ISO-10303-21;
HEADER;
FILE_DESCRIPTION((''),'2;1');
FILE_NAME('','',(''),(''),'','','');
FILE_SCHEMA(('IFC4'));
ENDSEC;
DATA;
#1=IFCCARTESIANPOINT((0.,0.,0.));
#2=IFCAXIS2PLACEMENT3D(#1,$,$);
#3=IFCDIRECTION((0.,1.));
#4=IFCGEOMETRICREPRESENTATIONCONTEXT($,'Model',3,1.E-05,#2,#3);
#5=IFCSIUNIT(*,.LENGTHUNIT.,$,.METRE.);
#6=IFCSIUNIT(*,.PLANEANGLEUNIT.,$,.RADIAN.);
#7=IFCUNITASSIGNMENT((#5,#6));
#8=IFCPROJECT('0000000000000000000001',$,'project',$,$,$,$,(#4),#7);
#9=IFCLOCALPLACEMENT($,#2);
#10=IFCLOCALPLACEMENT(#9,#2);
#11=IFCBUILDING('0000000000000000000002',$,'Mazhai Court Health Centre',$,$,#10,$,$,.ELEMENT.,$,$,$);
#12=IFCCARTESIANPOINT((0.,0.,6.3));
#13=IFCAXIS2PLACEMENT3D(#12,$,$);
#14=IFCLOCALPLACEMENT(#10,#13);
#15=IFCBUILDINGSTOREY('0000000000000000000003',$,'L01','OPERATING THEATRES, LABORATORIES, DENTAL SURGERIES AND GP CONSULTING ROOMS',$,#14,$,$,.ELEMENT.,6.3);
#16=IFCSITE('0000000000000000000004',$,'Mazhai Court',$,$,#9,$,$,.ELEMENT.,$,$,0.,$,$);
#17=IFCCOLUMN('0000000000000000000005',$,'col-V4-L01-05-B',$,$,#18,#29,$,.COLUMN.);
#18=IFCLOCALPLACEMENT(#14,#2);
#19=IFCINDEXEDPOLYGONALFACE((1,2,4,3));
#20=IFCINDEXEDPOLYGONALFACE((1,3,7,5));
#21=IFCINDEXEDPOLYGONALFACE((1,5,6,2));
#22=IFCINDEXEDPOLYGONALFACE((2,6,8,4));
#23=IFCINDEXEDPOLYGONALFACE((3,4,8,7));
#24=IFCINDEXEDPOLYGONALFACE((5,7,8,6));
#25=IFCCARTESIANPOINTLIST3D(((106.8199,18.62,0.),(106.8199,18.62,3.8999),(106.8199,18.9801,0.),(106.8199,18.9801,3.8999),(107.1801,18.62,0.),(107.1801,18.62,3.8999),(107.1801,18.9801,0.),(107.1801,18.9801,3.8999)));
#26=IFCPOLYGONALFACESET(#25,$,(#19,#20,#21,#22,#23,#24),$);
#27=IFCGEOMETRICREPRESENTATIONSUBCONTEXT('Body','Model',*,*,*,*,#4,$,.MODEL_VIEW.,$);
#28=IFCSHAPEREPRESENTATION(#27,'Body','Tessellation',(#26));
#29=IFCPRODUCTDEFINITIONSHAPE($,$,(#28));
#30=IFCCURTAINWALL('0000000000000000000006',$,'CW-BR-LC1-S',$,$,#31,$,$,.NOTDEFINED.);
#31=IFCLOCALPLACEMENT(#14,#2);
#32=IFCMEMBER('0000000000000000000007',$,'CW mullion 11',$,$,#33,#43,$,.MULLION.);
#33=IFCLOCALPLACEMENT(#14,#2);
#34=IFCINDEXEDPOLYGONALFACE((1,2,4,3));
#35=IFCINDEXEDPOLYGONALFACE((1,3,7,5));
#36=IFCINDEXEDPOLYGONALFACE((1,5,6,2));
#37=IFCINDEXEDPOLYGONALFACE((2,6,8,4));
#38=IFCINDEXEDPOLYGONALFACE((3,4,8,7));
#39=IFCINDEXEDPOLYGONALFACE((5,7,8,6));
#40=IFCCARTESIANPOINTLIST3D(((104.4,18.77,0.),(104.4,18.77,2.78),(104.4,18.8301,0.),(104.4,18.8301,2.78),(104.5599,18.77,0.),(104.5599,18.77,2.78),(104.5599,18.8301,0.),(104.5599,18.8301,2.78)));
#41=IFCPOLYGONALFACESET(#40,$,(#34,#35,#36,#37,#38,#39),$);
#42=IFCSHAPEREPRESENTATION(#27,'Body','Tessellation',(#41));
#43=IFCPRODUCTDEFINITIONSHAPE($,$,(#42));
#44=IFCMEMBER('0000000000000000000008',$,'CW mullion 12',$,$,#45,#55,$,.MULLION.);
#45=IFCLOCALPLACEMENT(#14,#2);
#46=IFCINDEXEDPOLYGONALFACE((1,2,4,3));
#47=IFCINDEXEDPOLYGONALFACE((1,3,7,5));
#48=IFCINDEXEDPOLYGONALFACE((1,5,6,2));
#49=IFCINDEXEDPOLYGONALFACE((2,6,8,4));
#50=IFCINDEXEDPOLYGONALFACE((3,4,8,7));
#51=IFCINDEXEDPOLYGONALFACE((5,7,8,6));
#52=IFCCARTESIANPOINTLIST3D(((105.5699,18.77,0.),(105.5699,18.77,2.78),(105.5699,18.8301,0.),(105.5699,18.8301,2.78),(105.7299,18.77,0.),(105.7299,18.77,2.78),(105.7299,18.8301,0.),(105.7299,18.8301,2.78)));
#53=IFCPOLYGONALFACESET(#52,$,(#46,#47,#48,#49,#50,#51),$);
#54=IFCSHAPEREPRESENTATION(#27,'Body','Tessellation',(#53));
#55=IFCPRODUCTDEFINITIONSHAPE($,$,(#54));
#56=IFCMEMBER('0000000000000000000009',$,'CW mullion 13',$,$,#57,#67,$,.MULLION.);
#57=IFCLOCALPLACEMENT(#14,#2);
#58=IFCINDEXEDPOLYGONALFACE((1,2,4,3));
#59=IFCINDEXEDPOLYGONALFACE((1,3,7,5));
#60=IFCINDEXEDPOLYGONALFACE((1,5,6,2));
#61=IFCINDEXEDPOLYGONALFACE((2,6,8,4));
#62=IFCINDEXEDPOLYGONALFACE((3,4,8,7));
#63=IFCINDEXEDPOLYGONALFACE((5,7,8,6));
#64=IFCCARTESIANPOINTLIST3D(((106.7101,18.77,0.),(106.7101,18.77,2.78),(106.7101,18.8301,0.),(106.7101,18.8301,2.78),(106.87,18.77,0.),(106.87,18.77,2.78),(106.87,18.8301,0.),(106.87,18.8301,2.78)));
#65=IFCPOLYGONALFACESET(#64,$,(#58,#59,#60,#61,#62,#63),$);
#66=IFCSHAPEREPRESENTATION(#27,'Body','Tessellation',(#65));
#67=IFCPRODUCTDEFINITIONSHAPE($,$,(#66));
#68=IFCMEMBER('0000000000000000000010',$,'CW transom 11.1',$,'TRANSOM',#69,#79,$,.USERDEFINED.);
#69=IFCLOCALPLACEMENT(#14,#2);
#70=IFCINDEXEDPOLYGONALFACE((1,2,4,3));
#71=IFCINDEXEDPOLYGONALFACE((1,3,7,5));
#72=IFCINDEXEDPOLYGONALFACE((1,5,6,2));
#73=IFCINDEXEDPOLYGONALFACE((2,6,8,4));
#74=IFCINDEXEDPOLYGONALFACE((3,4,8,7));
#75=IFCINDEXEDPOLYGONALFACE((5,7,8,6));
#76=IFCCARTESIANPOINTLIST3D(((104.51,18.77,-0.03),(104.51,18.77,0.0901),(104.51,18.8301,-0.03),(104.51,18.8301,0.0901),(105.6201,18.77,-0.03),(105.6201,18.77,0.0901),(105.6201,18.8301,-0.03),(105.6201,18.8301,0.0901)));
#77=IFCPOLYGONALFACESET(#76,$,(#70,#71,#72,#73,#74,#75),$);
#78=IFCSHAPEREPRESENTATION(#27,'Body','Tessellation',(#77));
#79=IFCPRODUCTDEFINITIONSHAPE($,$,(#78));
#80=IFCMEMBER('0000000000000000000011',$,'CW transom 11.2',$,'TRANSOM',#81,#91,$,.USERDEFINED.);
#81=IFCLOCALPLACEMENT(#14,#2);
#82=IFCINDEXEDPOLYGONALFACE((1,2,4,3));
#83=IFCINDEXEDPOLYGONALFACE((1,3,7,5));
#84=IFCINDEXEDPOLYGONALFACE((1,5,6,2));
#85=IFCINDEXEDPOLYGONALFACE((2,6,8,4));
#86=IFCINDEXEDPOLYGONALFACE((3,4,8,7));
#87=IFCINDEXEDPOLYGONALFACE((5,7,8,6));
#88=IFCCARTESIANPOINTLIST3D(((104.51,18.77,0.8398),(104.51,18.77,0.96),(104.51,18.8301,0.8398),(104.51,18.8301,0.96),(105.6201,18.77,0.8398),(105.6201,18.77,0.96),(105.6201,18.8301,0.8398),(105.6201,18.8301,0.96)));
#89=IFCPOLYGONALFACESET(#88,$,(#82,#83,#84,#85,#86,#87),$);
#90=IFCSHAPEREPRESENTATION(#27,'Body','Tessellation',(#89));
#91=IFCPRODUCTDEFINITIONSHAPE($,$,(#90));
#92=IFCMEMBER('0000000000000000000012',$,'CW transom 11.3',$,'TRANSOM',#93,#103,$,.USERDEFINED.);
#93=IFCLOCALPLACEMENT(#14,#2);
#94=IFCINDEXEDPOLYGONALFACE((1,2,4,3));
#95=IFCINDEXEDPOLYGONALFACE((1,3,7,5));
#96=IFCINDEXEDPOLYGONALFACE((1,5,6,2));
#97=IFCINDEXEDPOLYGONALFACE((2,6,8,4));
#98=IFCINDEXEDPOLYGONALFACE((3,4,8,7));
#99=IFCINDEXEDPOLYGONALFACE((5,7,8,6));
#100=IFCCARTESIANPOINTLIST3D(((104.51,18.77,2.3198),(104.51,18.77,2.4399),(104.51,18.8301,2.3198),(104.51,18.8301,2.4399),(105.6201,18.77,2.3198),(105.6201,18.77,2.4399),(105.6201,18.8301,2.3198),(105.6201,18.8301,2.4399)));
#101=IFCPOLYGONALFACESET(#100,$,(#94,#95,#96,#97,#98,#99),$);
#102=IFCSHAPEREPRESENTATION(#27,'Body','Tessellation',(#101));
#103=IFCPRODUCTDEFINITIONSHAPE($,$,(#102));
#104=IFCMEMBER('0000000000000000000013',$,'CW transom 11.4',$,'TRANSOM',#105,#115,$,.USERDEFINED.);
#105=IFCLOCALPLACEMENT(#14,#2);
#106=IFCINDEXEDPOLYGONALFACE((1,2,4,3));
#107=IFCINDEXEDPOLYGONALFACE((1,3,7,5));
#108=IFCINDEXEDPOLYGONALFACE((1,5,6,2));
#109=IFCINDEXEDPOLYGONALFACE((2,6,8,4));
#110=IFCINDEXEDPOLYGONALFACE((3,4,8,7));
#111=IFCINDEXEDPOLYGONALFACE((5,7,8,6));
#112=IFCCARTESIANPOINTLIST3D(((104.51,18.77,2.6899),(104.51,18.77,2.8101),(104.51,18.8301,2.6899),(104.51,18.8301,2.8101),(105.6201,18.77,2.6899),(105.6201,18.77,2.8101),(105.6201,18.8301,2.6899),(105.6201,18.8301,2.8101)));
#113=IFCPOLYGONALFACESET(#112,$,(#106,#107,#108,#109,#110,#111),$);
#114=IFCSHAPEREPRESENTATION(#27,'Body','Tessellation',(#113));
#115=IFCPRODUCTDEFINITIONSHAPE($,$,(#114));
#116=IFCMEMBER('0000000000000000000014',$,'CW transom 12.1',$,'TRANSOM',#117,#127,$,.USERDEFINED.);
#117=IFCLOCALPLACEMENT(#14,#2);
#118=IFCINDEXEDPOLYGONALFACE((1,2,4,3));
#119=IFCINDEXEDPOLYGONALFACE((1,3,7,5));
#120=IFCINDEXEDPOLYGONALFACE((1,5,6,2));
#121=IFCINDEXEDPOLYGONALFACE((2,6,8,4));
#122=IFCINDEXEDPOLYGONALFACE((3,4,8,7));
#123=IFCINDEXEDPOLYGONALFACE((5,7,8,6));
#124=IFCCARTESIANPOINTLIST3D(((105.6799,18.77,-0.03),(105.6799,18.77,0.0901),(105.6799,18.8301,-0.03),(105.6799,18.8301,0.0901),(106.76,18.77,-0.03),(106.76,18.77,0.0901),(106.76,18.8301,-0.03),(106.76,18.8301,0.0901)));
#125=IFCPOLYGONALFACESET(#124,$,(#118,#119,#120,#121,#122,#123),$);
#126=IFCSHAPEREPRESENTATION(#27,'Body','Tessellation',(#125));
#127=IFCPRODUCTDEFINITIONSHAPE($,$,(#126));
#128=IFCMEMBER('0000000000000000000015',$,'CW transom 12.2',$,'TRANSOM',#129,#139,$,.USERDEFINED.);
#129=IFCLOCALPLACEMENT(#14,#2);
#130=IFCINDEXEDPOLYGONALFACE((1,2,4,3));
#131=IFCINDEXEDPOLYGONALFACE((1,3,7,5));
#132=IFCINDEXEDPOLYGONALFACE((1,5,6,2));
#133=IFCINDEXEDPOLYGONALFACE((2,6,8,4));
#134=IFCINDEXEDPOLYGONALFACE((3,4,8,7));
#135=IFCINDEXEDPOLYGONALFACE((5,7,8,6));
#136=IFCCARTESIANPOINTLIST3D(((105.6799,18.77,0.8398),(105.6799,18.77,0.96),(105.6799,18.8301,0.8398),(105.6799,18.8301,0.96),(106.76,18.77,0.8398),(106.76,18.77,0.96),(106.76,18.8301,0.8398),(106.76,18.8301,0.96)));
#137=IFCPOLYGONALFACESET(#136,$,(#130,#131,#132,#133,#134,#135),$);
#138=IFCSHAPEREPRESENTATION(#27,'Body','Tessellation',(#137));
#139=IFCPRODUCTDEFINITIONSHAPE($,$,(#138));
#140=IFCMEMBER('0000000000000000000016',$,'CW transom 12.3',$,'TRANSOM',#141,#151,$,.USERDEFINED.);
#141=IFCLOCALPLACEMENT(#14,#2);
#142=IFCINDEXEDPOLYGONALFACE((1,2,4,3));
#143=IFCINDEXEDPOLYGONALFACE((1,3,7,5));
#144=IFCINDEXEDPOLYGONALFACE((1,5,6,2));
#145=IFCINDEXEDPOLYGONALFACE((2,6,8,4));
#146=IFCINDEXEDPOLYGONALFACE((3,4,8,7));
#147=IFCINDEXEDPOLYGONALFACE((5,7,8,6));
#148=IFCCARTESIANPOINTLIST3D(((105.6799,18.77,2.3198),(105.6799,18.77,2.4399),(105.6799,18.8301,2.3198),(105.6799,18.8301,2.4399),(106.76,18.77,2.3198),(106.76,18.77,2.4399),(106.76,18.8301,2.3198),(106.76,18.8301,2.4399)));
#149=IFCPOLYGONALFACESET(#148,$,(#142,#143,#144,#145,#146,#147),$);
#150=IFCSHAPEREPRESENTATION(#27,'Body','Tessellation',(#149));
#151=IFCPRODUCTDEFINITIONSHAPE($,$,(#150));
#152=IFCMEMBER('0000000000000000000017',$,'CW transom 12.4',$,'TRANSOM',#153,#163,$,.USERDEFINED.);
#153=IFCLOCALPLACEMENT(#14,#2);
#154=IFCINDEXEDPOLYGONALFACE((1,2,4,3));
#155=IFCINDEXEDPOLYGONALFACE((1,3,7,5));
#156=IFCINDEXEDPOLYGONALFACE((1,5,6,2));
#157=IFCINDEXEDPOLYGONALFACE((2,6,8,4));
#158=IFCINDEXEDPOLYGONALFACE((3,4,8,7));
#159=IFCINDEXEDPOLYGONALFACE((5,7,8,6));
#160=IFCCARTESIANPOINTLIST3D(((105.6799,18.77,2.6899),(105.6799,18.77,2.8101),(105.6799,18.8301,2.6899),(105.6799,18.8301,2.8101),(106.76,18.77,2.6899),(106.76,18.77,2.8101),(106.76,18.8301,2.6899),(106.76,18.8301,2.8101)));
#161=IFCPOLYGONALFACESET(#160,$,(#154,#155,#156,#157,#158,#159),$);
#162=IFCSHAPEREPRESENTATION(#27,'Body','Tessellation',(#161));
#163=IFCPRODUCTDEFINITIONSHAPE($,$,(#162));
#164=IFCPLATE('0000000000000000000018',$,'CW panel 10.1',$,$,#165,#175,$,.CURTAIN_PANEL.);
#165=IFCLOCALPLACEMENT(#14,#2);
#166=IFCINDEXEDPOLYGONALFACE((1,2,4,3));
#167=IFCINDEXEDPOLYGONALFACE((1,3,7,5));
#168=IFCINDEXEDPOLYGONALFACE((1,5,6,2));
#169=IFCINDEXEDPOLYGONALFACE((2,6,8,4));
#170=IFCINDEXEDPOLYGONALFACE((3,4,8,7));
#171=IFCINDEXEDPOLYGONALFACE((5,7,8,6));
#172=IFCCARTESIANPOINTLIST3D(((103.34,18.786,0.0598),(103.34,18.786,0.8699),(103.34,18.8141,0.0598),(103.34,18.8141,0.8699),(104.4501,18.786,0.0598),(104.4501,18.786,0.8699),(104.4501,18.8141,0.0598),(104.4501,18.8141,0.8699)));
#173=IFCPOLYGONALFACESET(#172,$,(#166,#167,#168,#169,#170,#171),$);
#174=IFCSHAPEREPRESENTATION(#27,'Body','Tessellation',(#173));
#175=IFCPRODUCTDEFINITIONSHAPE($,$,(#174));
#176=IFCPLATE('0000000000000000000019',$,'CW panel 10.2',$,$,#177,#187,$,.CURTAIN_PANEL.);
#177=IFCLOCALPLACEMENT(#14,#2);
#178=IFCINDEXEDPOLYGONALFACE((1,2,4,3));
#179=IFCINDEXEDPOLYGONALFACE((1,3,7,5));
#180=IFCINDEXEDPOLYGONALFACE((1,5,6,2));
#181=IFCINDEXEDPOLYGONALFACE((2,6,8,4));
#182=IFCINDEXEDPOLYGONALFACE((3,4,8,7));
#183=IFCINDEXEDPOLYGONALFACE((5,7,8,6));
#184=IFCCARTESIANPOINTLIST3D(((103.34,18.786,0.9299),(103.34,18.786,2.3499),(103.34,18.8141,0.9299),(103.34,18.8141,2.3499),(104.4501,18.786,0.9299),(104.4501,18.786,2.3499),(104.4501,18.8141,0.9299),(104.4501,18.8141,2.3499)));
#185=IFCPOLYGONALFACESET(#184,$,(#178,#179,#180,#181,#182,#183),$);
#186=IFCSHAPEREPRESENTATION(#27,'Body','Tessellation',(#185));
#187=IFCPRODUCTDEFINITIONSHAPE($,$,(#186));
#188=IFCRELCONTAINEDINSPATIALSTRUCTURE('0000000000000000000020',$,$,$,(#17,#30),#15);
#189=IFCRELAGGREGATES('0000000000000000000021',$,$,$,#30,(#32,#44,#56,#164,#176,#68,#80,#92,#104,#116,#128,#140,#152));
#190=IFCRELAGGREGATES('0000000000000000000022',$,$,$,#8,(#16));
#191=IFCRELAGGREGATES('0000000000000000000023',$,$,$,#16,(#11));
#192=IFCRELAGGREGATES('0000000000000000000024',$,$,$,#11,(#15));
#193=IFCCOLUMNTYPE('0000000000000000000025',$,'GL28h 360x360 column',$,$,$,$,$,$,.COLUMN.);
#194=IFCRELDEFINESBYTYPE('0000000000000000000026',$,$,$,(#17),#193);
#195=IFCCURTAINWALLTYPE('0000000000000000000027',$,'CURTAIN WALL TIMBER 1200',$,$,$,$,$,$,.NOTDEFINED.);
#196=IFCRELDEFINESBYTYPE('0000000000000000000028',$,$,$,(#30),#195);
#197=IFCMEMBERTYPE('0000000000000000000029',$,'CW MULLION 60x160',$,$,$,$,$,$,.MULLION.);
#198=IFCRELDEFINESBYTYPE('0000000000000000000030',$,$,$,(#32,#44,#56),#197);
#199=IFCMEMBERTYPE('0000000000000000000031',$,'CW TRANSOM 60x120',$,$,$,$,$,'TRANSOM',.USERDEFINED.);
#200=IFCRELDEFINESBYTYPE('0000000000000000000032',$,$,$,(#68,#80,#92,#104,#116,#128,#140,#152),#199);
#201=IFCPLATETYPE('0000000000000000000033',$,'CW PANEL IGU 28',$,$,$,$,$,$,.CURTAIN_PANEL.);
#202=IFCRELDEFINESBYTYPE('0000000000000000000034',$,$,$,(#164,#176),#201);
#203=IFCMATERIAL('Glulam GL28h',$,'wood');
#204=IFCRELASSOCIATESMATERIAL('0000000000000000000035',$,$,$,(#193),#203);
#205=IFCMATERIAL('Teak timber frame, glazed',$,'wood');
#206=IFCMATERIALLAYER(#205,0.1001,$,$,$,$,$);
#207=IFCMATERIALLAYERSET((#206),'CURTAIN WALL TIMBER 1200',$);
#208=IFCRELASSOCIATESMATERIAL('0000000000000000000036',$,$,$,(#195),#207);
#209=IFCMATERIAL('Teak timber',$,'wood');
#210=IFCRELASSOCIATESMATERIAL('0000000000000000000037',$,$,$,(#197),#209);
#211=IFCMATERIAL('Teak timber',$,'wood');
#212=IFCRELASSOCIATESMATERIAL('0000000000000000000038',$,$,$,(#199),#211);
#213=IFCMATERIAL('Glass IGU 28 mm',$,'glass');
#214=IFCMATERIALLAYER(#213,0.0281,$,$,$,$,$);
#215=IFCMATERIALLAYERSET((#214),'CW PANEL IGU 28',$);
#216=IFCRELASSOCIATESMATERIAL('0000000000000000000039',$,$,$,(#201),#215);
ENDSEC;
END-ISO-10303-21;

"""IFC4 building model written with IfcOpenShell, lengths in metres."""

from ifc_helpers import new_model, si_unit, direction, frame, origin, origin_2d, place, context, subcontext, project, spatial, rectangle, extrude, material, layer, layer_set, material_profile, profile_set, type_object, element, aggregate, save


model = new_model("IFC4")

# Units and contexts
model_context = context("Model", 3, precision=1e-05, world=origin(), true_north=direction((0.0, 1.0)))
body_context = subcontext(model_context, "Body", "Model", "MODEL_VIEW")
ifc_project = project(units=[si_unit("LENGTHUNIT", "METRE"), si_unit("PLANEANGLEUNIT", "RADIAN")], contexts=[model_context])

# Site, building, storey
site_placement = place(None, origin())
site = spatial("IfcSite", under=ifc_project, at=site_placement, Name="Mazhai Court", CompositionType="ELEMENT", RefElevation=0.0)
building_placement = place(site_placement, origin())
building = spatial("IfcBuilding", under=site, at=building_placement, Name="Mazhai Court Health Centre", CompositionType="ELEMENT")
storey_placement = place(building_placement, frame((0.0, 0.0, 6.3)))
storey = spatial("IfcBuildingStorey", under=building, at=storey_placement, Name="L01", Description="OPERATING THEATRES, LABORATORIES, DENTAL SURGERIES AND GP CONSULTING ROOMS", CompositionType="ELEMENT", Elevation=6.3)

# Column
ifc_material_1 = material(Name="Glulam GL28h", Category="wood")
ifc_material_profile_1 = material_profile(ifc_material_1, rectangle(XDim=0.3601, YDim=0.3601, at=origin_2d()), Name="GL28h 360x360")
ifc_profile_set_1 = profile_set([ifc_material_profile_1], Name="Glulam GL28h")
column_type = type_object("IfcColumnType", Name="GL28h 360x360 column", PredefinedType="COLUMN", material=ifc_profile_set_1)
column_placement = place(storey_placement, frame((107.0, 18.8, 0.0), z_axis=(0.0, 0.0, 1.0), x_axis=(1.0, 0.0, 0.0)))
element("IfcColumn", 1, at=column_placement, inside=storey, type_object=column_type, Name="col-V4-L01-05-B", PredefinedType="COLUMN", context=body_context, shape_type="SweptSolid", body=[
    extrude(rectangle(XDim=0.3601, YDim=0.3601, at=origin_2d()), origin(), (0.0, 0.0, 1.0), 3.8999),
])

# Curtain wall, members, plates
ifc_material_2 = material(Name="Teak timber frame, glazed", Category="wood")
ifc_layer_1 = layer(ifc_material_2, 0.1001)
ifc_layer_set_1 = layer_set([ifc_layer_1], Name="CURTAIN WALL TIMBER 1200")
curtain_wall_type = type_object("IfcCurtainWallType", Name="CURTAIN WALL TIMBER 1200", PredefinedType="NOTDEFINED", material=ifc_layer_set_1)
curtain_wall_1_placement = place(storey_placement, origin())
curtain_wall_1 = element("IfcCurtainWall", 2, at=curtain_wall_1_placement, inside=storey, type_object=curtain_wall_type, Name="CW-BR-LC1-S", PredefinedType="NOTDEFINED")
ifc_material_3 = material(Name="Teak timber", Category="wood")
ifc_material_profile_2 = material_profile(ifc_material_3, rectangle(XDim=0.0601, YDim=0.1599, at=origin_2d()), Name="CW MULLION 60x160")
ifc_profile_set_2 = profile_set([ifc_material_profile_2], Name="Teak timber")
member_type_1 = type_object("IfcMemberType", Name="CW MULLION 60x160", PredefinedType="MULLION", material=ifc_profile_set_2)
member_1_placement = place(storey_placement, frame((104.48, 18.8, 0.0), z_axis=(0.0, 0.0, 1.0), x_axis=(0.0, 1.0, 0.0)))
member_1 = element("IfcMember", 3, at=member_1_placement, type_object=member_type_1, Name="CW mullion 11", PredefinedType="MULLION", context=body_context, shape_type="SweptSolid", body=[
    extrude(rectangle(XDim=0.0601, YDim=0.1599, at=origin_2d()), origin(), (0.0, 0.0, 1.0), 2.78),
])
member_2_placement = place(storey_placement, frame((105.6499, 18.8, 0.0), z_axis=(0.0, 0.0, 1.0), x_axis=(0.0, 1.0, 0.0)))
member_2 = element("IfcMember", 4, at=member_2_placement, type_object=member_type_1, Name="CW mullion 12", PredefinedType="MULLION", context=body_context, shape_type="SweptSolid", body=[
    extrude(rectangle(XDim=0.0601, YDim=0.1599, at=origin_2d()), origin(), (0.0, 0.0, 1.0), 2.78),
])
member_3_placement = place(storey_placement, frame((106.79, 18.8, 0.0), z_axis=(0.0, 0.0, 1.0), x_axis=(0.0, 1.0, 0.0)))
member_3 = element("IfcMember", 5, at=member_3_placement, type_object=member_type_1, Name="CW mullion 13", PredefinedType="MULLION", context=body_context, shape_type="SweptSolid", body=[
    extrude(rectangle(XDim=0.0601, YDim=0.1599, at=origin_2d()), origin(), (0.0, 0.0, 1.0), 2.78),
])
ifc_material_4 = material(Name="Teak timber", Category="wood")
ifc_material_profile_3 = material_profile(ifc_material_4, rectangle(XDim=0.0601, YDim=0.1201, at=origin_2d()), Name="CW TRANSOM 60x120")
ifc_profile_set_3 = profile_set([ifc_material_profile_3], Name="Teak timber")
member_type_2 = type_object("IfcMemberType", Name="CW TRANSOM 60x120", ElementType="TRANSOM", PredefinedType="USERDEFINED", material=ifc_profile_set_3)
member_4_placement = place(storey_placement, frame((104.51, 18.8, 0.03), z_axis=(1.0, 0.0, 0.0), x_axis=(0.0, 1.0, 0.0)))
member_4 = element("IfcMember", 6, at=member_4_placement, type_object=member_type_2, Name="CW transom 11.1", ObjectType="TRANSOM", PredefinedType="USERDEFINED", context=body_context, shape_type="SweptSolid", body=[
    extrude(rectangle(XDim=0.0601, YDim=0.1201, at=origin_2d()), origin(), (0.0, 0.0, 1.0), 1.1101),
])
member_5_placement = place(storey_placement, frame((104.51, 18.8, 0.8999), z_axis=(1.0, 0.0, 0.0), x_axis=(0.0, 1.0, 0.0)))
member_5 = element("IfcMember", 7, at=member_5_placement, type_object=member_type_2, Name="CW transom 11.2", ObjectType="TRANSOM", PredefinedType="USERDEFINED", context=body_context, shape_type="SweptSolid", body=[
    extrude(rectangle(XDim=0.0601, YDim=0.1201, at=origin_2d()), origin(), (0.0, 0.0, 1.0), 1.1101),
])
member_6_placement = place(storey_placement, frame((104.51, 18.8, 2.3799), z_axis=(1.0, 0.0, 0.0), x_axis=(0.0, 1.0, 0.0)))
member_6 = element("IfcMember", 8, at=member_6_placement, type_object=member_type_2, Name="CW transom 11.3", ObjectType="TRANSOM", PredefinedType="USERDEFINED", context=body_context, shape_type="SweptSolid", body=[
    extrude(rectangle(XDim=0.0601, YDim=0.1201, at=origin_2d()), origin(), (0.0, 0.0, 1.0), 1.1101),
])
member_7_placement = place(storey_placement, frame((104.51, 18.8, 2.75), z_axis=(1.0, 0.0, 0.0), x_axis=(0.0, 1.0, 0.0)))
member_7 = element("IfcMember", 9, at=member_7_placement, type_object=member_type_2, Name="CW transom 11.4", ObjectType="TRANSOM", PredefinedType="USERDEFINED", context=body_context, shape_type="SweptSolid", body=[
    extrude(rectangle(XDim=0.0601, YDim=0.1201, at=origin_2d()), origin(), (0.0, 0.0, 1.0), 1.1101),
])
member_8_placement = place(storey_placement, frame((105.6799, 18.8, 0.03), z_axis=(1.0, 0.0, 0.0), x_axis=(0.0, 1.0, 0.0)))
member_8 = element("IfcMember", 10, at=member_8_placement, type_object=member_type_2, Name="CW transom 12.1", ObjectType="TRANSOM", PredefinedType="USERDEFINED", context=body_context, shape_type="SweptSolid", body=[
    extrude(rectangle(XDim=0.0601, YDim=0.1201, at=origin_2d()), origin(), (0.0, 0.0, 1.0), 1.0801),
])
member_9_placement = place(storey_placement, frame((105.6799, 18.8, 0.8999), z_axis=(1.0, 0.0, 0.0), x_axis=(0.0, 1.0, 0.0)))
member_9 = element("IfcMember", 11, at=member_9_placement, type_object=member_type_2, Name="CW transom 12.2", ObjectType="TRANSOM", PredefinedType="USERDEFINED", context=body_context, shape_type="SweptSolid", body=[
    extrude(rectangle(XDim=0.0601, YDim=0.1201, at=origin_2d()), origin(), (0.0, 0.0, 1.0), 1.0801),
])
member_10_placement = place(storey_placement, frame((105.6799, 18.8, 2.3799), z_axis=(1.0, 0.0, 0.0), x_axis=(0.0, 1.0, 0.0)))
member_10 = element("IfcMember", 12, at=member_10_placement, type_object=member_type_2, Name="CW transom 12.3", ObjectType="TRANSOM", PredefinedType="USERDEFINED", context=body_context, shape_type="SweptSolid", body=[
    extrude(rectangle(XDim=0.0601, YDim=0.1201, at=origin_2d()), origin(), (0.0, 0.0, 1.0), 1.0801),
])
member_11_placement = place(storey_placement, frame((105.6799, 18.8, 2.75), z_axis=(1.0, 0.0, 0.0), x_axis=(0.0, 1.0, 0.0)))
member_11 = element("IfcMember", 13, at=member_11_placement, type_object=member_type_2, Name="CW transom 12.4", ObjectType="TRANSOM", PredefinedType="USERDEFINED", context=body_context, shape_type="SweptSolid", body=[
    extrude(rectangle(XDim=0.0601, YDim=0.1201, at=origin_2d()), origin(), (0.0, 0.0, 1.0), 1.0801),
])
ifc_material_5 = material(Name="Glass IGU 28 mm", Category="glass")
ifc_layer_2 = layer(ifc_material_5, 0.0281)
ifc_layer_set_2 = layer_set([ifc_layer_2], Name="CW PANEL IGU 28")
plate_type = type_object("IfcPlateType", Name="CW PANEL IGU 28", PredefinedType="CURTAIN_PANEL", material=ifc_layer_set_2)
plate_1_placement = place(storey_placement, frame((103.895, 18.8, 0.0598), z_axis=(0.0, 0.0, 1.0), x_axis=(1.0, 0.0, 0.0)))
plate_1 = element("IfcPlate", 14, at=plate_1_placement, type_object=plate_type, Name="CW panel 10.1", PredefinedType="CURTAIN_PANEL", context=body_context, shape_type="SweptSolid", body=[
    extrude(rectangle(XDim=1.1101, YDim=0.0281, at=origin_2d()), origin(), (0.0, 0.0, 1.0), 0.8101),
])
plate_2_placement = place(storey_placement, frame((103.895, 18.8, 0.9299), z_axis=(0.0, 0.0, 1.0), x_axis=(1.0, 0.0, 0.0)))
plate_2 = element("IfcPlate", 15, at=plate_2_placement, type_object=plate_type, Name="CW panel 10.2", PredefinedType="CURTAIN_PANEL", context=body_context, shape_type="SweptSolid", body=[
    extrude(rectangle(XDim=1.1101, YDim=0.0281, at=origin_2d()), origin(), (0.0, 0.0, 1.0), 1.4199),
])
aggregate(curtain_wall_1, [member_1, member_2, member_3, plate_1, plate_2, member_4, member_5, member_6, member_7, member_8, member_9, member_10, member_11])

save(model, "model.ifc")
